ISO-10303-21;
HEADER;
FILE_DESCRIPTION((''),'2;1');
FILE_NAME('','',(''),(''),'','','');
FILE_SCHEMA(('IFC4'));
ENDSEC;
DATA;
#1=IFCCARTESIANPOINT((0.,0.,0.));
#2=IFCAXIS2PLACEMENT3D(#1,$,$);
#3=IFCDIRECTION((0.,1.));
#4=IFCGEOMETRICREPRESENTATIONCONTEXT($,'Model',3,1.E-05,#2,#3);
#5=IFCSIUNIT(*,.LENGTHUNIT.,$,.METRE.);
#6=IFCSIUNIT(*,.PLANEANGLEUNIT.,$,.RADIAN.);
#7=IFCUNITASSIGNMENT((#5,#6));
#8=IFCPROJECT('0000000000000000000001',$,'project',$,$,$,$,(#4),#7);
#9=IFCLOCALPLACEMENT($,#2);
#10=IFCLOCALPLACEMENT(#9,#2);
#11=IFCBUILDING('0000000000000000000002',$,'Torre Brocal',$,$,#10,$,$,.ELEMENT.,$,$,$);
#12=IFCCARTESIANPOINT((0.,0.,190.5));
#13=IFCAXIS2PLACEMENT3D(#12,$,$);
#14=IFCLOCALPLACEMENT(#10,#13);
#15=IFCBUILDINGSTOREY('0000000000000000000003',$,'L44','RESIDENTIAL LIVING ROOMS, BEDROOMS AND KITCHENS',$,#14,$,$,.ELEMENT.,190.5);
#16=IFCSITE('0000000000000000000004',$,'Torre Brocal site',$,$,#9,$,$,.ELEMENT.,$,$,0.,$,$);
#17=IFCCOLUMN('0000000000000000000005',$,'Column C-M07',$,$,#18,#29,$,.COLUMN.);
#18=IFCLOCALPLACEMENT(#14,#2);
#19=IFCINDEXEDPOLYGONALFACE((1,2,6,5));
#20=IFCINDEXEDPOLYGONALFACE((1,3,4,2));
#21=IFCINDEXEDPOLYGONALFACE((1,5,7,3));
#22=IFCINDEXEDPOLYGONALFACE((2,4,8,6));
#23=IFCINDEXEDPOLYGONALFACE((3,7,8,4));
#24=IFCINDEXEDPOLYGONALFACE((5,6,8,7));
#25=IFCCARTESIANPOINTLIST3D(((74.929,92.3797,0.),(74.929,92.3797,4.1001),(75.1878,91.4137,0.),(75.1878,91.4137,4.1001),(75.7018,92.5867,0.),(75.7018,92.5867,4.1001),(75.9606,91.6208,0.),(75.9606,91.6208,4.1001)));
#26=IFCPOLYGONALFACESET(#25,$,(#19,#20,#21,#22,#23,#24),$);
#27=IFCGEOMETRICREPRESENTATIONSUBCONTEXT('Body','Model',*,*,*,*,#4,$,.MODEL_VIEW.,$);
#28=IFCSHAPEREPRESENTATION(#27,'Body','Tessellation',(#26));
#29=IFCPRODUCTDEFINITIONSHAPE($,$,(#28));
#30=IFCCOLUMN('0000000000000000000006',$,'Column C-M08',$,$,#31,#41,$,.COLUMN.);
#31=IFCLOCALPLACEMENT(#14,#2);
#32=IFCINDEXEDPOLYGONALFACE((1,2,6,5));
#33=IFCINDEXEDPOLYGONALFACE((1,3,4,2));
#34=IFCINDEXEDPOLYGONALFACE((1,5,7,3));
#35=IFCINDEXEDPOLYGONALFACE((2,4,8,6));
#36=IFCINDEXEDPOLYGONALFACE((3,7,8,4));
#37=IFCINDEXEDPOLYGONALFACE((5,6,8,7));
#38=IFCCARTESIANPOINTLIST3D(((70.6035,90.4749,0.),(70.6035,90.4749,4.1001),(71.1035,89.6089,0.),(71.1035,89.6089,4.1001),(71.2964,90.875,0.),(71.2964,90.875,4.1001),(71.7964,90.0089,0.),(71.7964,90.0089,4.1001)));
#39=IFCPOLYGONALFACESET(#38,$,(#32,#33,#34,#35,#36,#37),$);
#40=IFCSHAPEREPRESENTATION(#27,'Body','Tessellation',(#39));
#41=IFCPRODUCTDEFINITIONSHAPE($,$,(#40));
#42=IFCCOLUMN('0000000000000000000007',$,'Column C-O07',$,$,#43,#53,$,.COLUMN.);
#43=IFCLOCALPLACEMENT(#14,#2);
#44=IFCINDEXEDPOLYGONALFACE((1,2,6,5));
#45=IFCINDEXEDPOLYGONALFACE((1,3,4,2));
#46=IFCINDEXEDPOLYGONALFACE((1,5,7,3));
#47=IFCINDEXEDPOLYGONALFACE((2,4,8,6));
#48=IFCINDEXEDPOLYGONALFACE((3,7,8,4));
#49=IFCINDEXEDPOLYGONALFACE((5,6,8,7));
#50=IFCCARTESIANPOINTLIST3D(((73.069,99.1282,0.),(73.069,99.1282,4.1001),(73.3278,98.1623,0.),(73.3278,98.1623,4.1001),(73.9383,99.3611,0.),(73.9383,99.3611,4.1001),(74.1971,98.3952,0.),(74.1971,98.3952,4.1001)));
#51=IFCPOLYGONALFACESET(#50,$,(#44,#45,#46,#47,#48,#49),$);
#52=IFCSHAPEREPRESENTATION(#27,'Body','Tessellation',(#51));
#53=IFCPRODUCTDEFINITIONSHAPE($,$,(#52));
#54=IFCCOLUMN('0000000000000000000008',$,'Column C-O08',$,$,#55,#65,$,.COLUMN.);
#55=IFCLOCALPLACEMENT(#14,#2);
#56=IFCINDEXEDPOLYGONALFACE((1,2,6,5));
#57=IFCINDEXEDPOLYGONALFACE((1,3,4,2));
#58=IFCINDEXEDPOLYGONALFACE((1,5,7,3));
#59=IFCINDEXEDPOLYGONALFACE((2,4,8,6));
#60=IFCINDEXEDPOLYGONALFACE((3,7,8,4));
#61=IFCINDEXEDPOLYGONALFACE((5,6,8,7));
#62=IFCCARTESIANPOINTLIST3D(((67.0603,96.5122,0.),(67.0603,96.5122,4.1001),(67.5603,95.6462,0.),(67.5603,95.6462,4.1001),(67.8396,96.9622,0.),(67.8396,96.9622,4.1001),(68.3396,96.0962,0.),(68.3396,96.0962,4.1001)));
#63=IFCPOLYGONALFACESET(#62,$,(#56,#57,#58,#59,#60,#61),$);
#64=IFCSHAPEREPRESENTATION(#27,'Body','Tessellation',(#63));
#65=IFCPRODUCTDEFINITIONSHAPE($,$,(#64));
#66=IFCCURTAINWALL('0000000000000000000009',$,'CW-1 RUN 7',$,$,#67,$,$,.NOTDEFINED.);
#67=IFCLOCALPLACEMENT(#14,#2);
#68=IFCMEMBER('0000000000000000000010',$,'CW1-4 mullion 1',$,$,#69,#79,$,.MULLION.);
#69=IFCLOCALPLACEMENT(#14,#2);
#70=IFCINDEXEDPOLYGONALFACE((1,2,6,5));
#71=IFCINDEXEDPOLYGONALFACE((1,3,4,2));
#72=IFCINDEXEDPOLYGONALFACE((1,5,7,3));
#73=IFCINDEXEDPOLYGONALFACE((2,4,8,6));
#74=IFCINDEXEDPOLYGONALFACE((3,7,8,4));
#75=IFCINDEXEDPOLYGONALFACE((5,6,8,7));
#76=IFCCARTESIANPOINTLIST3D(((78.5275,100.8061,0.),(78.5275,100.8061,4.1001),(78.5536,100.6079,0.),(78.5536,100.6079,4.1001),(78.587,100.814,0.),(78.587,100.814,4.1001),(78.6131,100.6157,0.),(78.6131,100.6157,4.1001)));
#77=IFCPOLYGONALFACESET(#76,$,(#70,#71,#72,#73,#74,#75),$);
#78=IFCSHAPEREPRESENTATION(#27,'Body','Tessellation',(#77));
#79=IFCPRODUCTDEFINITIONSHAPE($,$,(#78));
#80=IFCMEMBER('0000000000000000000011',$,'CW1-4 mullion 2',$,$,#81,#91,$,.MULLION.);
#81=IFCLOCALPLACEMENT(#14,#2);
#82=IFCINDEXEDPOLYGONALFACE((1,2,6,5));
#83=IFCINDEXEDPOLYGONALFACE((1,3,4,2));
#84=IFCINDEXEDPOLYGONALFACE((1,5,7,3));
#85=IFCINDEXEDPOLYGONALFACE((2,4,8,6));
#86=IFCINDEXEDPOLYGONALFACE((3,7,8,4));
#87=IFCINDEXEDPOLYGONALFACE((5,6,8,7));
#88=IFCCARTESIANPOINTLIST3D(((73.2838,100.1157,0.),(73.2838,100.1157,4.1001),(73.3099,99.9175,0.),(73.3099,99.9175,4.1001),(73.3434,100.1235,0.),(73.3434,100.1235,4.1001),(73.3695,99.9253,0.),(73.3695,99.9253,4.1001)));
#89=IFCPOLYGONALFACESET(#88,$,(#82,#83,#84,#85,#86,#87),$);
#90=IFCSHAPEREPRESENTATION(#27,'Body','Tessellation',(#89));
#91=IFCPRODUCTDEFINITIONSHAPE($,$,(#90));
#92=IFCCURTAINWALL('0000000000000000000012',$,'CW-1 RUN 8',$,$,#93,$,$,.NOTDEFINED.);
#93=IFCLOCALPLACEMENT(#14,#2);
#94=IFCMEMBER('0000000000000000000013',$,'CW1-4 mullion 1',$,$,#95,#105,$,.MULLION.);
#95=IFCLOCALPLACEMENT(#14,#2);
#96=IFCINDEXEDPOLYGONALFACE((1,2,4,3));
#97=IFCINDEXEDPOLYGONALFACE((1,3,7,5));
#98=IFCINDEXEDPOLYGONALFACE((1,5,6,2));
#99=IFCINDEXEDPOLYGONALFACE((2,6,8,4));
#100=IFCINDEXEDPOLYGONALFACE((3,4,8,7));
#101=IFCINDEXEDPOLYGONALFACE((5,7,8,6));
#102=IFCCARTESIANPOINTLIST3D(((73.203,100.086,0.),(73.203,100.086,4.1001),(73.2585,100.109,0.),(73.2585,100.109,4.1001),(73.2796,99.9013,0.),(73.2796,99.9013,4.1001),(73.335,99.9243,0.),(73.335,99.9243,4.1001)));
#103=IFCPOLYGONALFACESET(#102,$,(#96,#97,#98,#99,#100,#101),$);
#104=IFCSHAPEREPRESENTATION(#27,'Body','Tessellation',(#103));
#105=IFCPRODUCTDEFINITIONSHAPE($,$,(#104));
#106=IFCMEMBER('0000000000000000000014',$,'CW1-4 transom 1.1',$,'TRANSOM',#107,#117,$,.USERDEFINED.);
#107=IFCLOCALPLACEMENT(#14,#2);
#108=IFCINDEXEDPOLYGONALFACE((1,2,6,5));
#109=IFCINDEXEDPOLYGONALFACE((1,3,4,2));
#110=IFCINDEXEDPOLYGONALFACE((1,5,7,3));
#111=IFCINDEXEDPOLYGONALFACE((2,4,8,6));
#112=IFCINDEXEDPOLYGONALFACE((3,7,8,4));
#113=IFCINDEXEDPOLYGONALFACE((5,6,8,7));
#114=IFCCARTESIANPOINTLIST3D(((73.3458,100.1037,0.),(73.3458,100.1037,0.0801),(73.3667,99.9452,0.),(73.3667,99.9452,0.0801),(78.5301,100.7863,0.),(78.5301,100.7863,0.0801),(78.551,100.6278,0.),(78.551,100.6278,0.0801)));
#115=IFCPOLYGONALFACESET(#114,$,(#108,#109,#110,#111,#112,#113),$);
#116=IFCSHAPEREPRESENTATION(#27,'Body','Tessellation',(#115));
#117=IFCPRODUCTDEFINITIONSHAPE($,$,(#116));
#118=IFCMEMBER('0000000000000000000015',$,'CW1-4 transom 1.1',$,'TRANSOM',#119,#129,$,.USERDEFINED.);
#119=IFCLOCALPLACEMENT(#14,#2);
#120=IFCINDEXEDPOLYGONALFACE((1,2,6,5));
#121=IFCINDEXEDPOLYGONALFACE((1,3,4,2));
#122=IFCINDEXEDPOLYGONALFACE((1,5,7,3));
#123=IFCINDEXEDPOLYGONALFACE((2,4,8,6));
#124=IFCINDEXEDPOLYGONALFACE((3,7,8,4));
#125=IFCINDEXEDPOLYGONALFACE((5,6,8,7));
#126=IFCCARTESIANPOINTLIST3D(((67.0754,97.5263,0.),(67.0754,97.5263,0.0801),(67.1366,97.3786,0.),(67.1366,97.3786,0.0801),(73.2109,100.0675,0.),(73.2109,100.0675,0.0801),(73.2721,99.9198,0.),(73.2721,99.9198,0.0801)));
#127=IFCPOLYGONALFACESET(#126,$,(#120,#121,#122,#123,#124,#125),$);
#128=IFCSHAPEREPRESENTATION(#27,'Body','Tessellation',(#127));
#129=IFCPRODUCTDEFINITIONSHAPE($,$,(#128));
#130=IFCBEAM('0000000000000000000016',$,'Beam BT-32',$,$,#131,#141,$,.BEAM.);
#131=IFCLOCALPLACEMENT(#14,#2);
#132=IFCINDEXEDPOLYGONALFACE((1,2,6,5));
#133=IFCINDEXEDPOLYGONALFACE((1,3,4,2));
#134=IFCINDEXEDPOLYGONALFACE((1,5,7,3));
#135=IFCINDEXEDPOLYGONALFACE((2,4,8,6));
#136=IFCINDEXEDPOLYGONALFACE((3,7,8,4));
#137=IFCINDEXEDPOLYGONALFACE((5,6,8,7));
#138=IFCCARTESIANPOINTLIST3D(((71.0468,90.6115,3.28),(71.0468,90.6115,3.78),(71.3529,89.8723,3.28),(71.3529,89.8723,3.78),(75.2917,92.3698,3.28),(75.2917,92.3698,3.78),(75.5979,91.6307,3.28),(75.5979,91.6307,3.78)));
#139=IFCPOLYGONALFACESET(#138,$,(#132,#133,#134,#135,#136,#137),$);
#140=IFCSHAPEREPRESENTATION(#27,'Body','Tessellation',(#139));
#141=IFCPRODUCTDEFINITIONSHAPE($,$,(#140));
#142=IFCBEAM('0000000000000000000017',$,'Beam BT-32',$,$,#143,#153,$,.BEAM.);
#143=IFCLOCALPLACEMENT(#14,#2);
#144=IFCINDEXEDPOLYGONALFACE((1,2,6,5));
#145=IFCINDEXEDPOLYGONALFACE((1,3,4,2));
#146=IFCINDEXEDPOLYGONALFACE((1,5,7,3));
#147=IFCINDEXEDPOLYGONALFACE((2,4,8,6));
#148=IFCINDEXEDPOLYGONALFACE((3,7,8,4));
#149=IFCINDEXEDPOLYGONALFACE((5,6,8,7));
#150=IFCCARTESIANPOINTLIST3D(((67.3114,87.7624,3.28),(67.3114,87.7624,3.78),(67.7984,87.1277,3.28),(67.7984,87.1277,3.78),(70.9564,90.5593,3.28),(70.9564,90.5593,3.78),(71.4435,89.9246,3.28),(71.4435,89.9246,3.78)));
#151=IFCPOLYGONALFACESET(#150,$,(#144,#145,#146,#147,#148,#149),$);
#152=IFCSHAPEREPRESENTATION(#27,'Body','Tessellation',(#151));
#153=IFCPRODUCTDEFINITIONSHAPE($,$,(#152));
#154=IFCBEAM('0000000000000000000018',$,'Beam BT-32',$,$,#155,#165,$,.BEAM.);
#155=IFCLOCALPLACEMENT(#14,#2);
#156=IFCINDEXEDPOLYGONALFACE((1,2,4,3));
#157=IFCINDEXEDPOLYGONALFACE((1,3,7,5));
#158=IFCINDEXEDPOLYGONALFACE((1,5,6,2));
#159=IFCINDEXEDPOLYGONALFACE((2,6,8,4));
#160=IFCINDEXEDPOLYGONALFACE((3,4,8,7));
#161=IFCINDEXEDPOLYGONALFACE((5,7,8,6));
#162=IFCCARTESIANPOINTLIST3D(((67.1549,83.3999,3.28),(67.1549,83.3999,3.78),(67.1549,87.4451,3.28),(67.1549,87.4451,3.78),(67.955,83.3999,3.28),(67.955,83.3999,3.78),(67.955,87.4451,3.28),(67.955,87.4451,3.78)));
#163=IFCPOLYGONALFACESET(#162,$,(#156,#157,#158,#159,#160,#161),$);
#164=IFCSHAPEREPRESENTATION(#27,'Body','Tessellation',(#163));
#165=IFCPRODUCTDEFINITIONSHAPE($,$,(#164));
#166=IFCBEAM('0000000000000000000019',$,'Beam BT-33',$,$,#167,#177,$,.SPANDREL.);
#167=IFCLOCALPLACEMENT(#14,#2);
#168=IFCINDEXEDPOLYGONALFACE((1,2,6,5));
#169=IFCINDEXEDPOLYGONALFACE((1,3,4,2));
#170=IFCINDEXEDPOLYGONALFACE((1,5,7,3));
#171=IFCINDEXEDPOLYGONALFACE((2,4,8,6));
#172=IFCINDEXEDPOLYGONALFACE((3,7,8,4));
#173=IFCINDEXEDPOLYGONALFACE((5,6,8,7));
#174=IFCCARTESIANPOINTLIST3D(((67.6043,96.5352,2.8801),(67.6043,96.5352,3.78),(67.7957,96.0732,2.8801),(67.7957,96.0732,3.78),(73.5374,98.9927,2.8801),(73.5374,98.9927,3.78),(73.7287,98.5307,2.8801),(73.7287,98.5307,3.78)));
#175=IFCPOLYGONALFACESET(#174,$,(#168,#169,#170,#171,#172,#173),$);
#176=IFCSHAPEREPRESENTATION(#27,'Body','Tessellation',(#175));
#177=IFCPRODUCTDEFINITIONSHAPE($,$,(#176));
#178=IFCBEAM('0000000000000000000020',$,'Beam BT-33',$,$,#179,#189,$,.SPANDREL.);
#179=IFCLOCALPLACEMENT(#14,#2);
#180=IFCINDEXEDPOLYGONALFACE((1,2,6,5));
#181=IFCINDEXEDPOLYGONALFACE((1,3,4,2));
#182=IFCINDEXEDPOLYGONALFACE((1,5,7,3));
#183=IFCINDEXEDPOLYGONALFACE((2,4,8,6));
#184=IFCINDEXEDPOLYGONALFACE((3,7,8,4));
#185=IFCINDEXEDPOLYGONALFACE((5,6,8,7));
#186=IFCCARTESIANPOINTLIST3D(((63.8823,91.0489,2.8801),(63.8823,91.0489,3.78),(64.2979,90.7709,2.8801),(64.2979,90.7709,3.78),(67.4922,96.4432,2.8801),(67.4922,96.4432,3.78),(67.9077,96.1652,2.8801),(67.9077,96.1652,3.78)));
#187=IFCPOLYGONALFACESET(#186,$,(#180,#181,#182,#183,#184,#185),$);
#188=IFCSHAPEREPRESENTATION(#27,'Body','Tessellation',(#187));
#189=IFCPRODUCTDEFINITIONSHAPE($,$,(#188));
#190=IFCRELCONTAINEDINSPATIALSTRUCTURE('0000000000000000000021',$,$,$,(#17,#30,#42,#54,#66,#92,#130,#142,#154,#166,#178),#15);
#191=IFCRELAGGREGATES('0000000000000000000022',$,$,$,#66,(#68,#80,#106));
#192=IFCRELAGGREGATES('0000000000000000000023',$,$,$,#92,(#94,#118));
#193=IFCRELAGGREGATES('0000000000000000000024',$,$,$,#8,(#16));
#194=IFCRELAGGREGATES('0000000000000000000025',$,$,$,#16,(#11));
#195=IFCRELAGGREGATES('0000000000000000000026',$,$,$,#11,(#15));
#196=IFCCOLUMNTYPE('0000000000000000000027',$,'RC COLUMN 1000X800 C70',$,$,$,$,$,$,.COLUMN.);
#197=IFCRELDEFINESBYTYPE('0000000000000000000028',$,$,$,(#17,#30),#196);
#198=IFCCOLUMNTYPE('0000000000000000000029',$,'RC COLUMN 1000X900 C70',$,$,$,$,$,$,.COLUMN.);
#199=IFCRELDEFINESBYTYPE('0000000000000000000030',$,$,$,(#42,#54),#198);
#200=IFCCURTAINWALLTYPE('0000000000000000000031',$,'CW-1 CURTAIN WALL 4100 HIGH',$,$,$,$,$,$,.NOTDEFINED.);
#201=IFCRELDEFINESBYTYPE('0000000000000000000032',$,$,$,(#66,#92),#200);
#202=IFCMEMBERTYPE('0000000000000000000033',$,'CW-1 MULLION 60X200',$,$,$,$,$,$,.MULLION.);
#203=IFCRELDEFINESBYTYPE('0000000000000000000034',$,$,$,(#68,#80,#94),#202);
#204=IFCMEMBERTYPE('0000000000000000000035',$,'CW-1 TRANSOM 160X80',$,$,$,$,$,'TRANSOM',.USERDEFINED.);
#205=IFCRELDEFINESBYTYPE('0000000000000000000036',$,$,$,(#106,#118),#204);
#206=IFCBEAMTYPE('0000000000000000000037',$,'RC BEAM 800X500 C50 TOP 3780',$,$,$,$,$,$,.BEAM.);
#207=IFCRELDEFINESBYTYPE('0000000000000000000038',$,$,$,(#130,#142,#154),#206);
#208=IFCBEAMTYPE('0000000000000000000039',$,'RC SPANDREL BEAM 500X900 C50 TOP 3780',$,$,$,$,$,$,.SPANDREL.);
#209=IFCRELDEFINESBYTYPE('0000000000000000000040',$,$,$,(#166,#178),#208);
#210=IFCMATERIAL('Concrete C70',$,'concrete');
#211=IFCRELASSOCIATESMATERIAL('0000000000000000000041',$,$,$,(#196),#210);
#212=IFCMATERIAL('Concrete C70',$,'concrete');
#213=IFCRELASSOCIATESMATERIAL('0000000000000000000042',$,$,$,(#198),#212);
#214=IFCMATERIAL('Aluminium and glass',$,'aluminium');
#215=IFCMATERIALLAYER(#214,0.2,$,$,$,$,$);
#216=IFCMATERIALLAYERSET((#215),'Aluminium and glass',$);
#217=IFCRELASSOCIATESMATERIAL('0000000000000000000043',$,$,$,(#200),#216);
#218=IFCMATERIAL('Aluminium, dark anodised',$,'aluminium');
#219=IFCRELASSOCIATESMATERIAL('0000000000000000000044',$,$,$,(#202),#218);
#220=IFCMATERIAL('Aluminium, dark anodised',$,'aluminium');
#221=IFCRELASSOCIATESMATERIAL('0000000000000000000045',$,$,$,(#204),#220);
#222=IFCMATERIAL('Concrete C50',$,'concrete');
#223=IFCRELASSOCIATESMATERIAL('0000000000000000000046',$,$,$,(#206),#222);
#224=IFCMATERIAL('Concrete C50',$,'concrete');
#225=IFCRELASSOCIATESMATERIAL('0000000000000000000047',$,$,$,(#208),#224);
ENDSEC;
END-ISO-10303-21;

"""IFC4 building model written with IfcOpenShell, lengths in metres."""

from ifc_helpers import new_model, si_unit, direction, frame, origin, origin_2d, place, context, subcontext, project, spatial, rectangle, extrude, material, layer, layer_set, material_profile, profile_set, type_object, element, aggregate, save


model = new_model("IFC4")

# Units and contexts
model_context = context("Model", 3, precision=1e-05, world=origin(), true_north=direction((0.0, 1.0)))
body_context = subcontext(model_context, "Body", "Model", "MODEL_VIEW")
ifc_project = project(units=[si_unit("LENGTHUNIT", "METRE"), si_unit("PLANEANGLEUNIT", "RADIAN")], contexts=[model_context])

# Site, building, storey
site_placement = place(None, origin())
site = spatial("IfcSite", under=ifc_project, at=site_placement, Name="Torre Brocal site", CompositionType="ELEMENT", RefElevation=0.0)
building_placement = place(site_placement, origin())
building = spatial("IfcBuilding", under=site, at=building_placement, Name="Torre Brocal", CompositionType="ELEMENT")
storey_placement = place(building_placement, frame((0.0, 0.0, 190.5)))
storey = spatial("IfcBuildingStorey", under=building, at=storey_placement, Name="L44", Description="RESIDENTIAL LIVING ROOMS, BEDROOMS AND KITCHENS", CompositionType="ELEMENT", Elevation=190.5)

# Columns
ifc_material_1 = material(Name="Concrete C70", Category="concrete")
ifc_material_profile_1 = material_profile(ifc_material_1, rectangle(XDim=1.0, YDim=0.8, at=origin_2d()), Name="RC 1000X800")
ifc_profile_set_1 = profile_set([ifc_material_profile_1], Name="Concrete C70")
column_type_1 = type_object("IfcColumnType", Name="RC COLUMN 1000X800 C70", PredefinedType="COLUMN", material=ifc_profile_set_1)
for number, where, z_axis, x_axis, name in (
    (1, (75.4448, 92.0002, 0.0), (0.0, 0.0, 1.0), (-0.258819, 0.965926, 0.0), "Column C-M07"),
    (2, (71.2, 90.2419, 0.0), (0.0, 0.0, 1.0), (-0.5, 0.866025, 0.0), "Column C-M08"),
):
    element("IfcColumn", number, at=place(storey_placement, frame(where, z_axis=z_axis, x_axis=x_axis)), inside=storey, type_object=column_type_1, Name=name, PredefinedType="COLUMN", context=body_context, shape_type="SweptSolid", body=[
        extrude(rectangle(XDim=1.0, YDim=0.8, at=origin_2d()), origin(), (0.0, 0.0, 1.0), 4.1001),
    ])
ifc_material_2 = material(Name="Concrete C70", Category="concrete")
ifc_material_profile_2 = material_profile(ifc_material_2, rectangle(XDim=1.0, YDim=0.8999, at=origin_2d()), Name="RC 1000X900")
ifc_profile_set_2 = profile_set([ifc_material_profile_2], Name="Concrete C70")
column_type_2 = type_object("IfcColumnType", Name="RC COLUMN 1000X900 C70", PredefinedType="COLUMN", material=ifc_profile_set_2)
for number, where, z_axis, x_axis, name in (
    (3, (73.6331, 98.7617, 0.0), (0.0, 0.0, 1.0), (-0.258819, 0.965926, 0.0), "Column C-O07"),
    (4, (67.7, 96.3042, 0.0), (0.0, 0.0, 1.0), (-0.5, 0.866025, 0.0), "Column C-O08"),
):
    element("IfcColumn", number, at=place(storey_placement, frame(where, z_axis=z_axis, x_axis=x_axis)), inside=storey, type_object=column_type_2, Name=name, PredefinedType="COLUMN", context=body_context, shape_type="SweptSolid", body=[
        extrude(rectangle(XDim=1.0, YDim=0.8999, at=origin_2d()), origin(), (0.0, 0.0, 1.0), 4.1001),
    ])

# Curtain wall, members
ifc_material_3 = material(Name="Aluminium and glass", Category="aluminium")
ifc_layer_1 = layer(ifc_material_3, 0.2)
ifc_layer_set_1 = layer_set([ifc_layer_1], Name="Aluminium and glass")
curtain_wall_type = type_object("IfcCurtainWallType", Name="CW-1 CURTAIN WALL 4100 HIGH", PredefinedType="NOTDEFINED", material=ifc_layer_set_1)
curtain_wall_1_placement = place(storey_placement, origin())
curtain_wall_1 = element("IfcCurtainWall", 5, at=curtain_wall_1_placement, inside=storey, type_object=curtain_wall_type, Name="CW-1 RUN 7", PredefinedType="NOTDEFINED")
ifc_material_4 = material(Name="Aluminium, dark anodised", Category="aluminium")
ifc_material_profile_3 = material_profile(ifc_material_4, rectangle(XDim=0.2, YDim=0.0601, at=origin_2d()), Name="CW-1 MULLION 60X200")
ifc_profile_set_3 = profile_set([ifc_material_profile_3], Name="Aluminium, dark anodised")
member_type_1 = type_object("IfcMemberType", Name="CW-1 MULLION 60X200", PredefinedType="MULLION", material=ifc_profile_set_3)
member_1_placement = place(storey_placement, frame((78.5703, 100.7109, 0.0), z_axis=(0.0, 0.0, 1.0), x_axis=(0.130526, -0.991445, 0.0)))
member_1 = element("IfcMember", 6, at=member_1_placement, type_object=member_type_1, Name="CW1-4 mullion 1", PredefinedType="MULLION", context=body_context, shape_type="SweptSolid", body=[
    extrude(rectangle(XDim=0.2, YDim=0.0601, at=origin_2d()), origin(), (0.0, 0.0, 1.0), 4.1001),
])
member_2_placement = place(storey_placement, frame((73.3267, 100.0205, 0.0), z_axis=(0.0, 0.0, 1.0), x_axis=(0.130526, -0.991445, 0.0)))
member_2 = element("IfcMember", 7, at=member_2_placement, type_object=member_type_1, Name="CW1-4 mullion 2", PredefinedType="MULLION", context=body_context, shape_type="SweptSolid", body=[
    extrude(rectangle(XDim=0.2, YDim=0.0601, at=origin_2d()), origin(), (0.0, 0.0, 1.0), 4.1001),
])

# Curtain wall, member
curtain_wall_2_placement = place(storey_placement, origin())
curtain_wall_2 = element("IfcCurtainWall", 8, at=curtain_wall_2_placement, inside=storey, type_object=curtain_wall_type, Name="CW-1 RUN 8", PredefinedType="NOTDEFINED")
member_3_placement = place(storey_placement, frame((73.269, 100.0051, 0.0), z_axis=(0.0, 0.0, 1.0), x_axis=(0.382683, -0.92388, 0.0)))
member_3 = element("IfcMember", 9, at=member_3_placement, type_object=member_type_1, Name="CW1-4 mullion 1", PredefinedType="MULLION", context=body_context, shape_type="SweptSolid", body=[
    extrude(rectangle(XDim=0.2, YDim=0.0601, at=origin_2d()), origin(), (0.0, 0.0, 1.0), 4.1001),
])

# Members
ifc_material_5 = material(Name="Aluminium, dark anodised", Category="aluminium")
ifc_material_profile_4 = material_profile(ifc_material_5, rectangle(XDim=0.1599, YDim=0.0801, at=origin_2d()), Name="CW-1 TRANSOM 160X80")
ifc_profile_set_4 = profile_set([ifc_material_profile_4], Name="Aluminium, dark anodised")
member_type_2 = type_object("IfcMemberType", Name="CW-1 TRANSOM 160X80", ElementType="TRANSOM", PredefinedType="USERDEFINED", material=ifc_profile_set_4)
member_4_placement = place(storey_placement, frame((78.5405, 100.707, 0.04), z_axis=(-0.991443, -0.130543, 0.0), x_axis=(0.130543, -0.991443, 0.0)))
member_4 = element("IfcMember", 10, at=member_4_placement, type_object=member_type_2, Name="CW1-4 transom 1.1", ObjectType="TRANSOM", PredefinedType="USERDEFINED", context=body_context, shape_type="SweptSolid", body=[
    extrude(rectangle(XDim=0.1599, YDim=0.0801, at=origin_2d()), origin(), (0.0, 0.0, 1.0), 5.229),
])
member_5_placement = place(storey_placement, frame((73.2415, 99.9937, 0.04), z_axis=(-0.923887, -0.382665, 0.0), x_axis=(0.382665, -0.923887, 0.0)))
member_5 = element("IfcMember", 11, at=member_5_placement, type_object=member_type_2, Name="CW1-4 transom 1.1", ObjectType="TRANSOM", PredefinedType="USERDEFINED", context=body_context, shape_type="SweptSolid", body=[
    extrude(rectangle(XDim=0.1599, YDim=0.0801, at=origin_2d()), origin(), (0.0, 0.0, 1.0), 6.6409),
])

# Beams
ifc_material_6 = material(Name="Concrete C50", Category="concrete")
ifc_material_profile_5 = material_profile(ifc_material_6, rectangle(XDim=0.8, YDim=0.5, at=origin_2d()), Name="RC 800X500")
ifc_profile_set_5 = profile_set([ifc_material_profile_5], Name="Concrete C50")
beam_type_1 = type_object("IfcBeamType", Name="RC BEAM 800X500 C50 TOP 3780", PredefinedType="BEAM", material=ifc_profile_set_5)
beam_1_placement = place(storey_placement, frame((75.4448, 92.0002, 3.53), z_axis=(-0.923878, -0.382687, 0.0), x_axis=(0.382687, -0.923878, 0.0)))
element("IfcBeam", 12, at=beam_1_placement, inside=storey, type_object=beam_type_1, Name="Beam BT-32", PredefinedType="BEAM", context=body_context, shape_type="SweptSolid", body=[
    extrude(rectangle(XDim=0.8, YDim=0.5, at=origin_2d()), origin(), (0.0, 0.0, 1.0), 4.5947),
])
beam_2_placement = place(storey_placement, frame((71.2, 90.2419, 3.53), z_axis=(-0.793358, -0.608755, 0.0), x_axis=(0.608755, -0.793358, 0.0)))
element("IfcBeam", 13, at=beam_2_placement, inside=storey, type_object=beam_type_1, Name="Beam BT-32", PredefinedType="BEAM", context=body_context, shape_type="SweptSolid", body=[
    extrude(rectangle(XDim=0.8, YDim=0.5, at=origin_2d()), origin(), (0.0, 0.0, 1.0), 4.5945),
])
beam_3_placement = place(storey_placement, frame((67.5549, 87.4451, 3.53), z_axis=(0.0, -1.0, 0.0), x_axis=(1.0, 0.0, 0.0)))
element("IfcBeam", 14, at=beam_3_placement, inside=storey, type_object=beam_type_1, Name="Beam BT-32", PredefinedType="BEAM", context=body_context, shape_type="SweptSolid", body=[
    extrude(rectangle(XDim=0.8, YDim=0.5, at=origin_2d()), origin(), (0.0, 0.0, 1.0), 4.0452),
])
ifc_material_7 = material(Name="Concrete C50", Category="concrete")
ifc_material_profile_6 = material_profile(ifc_material_7, rectangle(XDim=0.5, YDim=0.8999, at=origin_2d()), Name="RC 500X900")
ifc_profile_set_6 = profile_set([ifc_material_profile_6], Name="Concrete C50")
beam_type_2 = type_object("IfcBeamType", Name="RC SPANDREL BEAM 500X900 C50 TOP 3780", PredefinedType="SPANDREL", material=ifc_profile_set_6)
beam_4_placement = place(storey_placement, frame((73.6331, 98.7617, 3.3301), z_axis=(-0.923882, -0.382676, 0.0), x_axis=(0.382676, -0.923882, 0.0)))
element("IfcBeam", 15, at=beam_4_placement, inside=storey, type_object=beam_type_2, Name="Beam BT-33", PredefinedType="SPANDREL", context=body_context, shape_type="SweptSolid", body=[
    extrude(rectangle(XDim=0.5, YDim=0.8999, at=origin_2d()), origin(), (0.0, 0.0, 1.0), 6.4219),
])
beam_5_placement = place(storey_placement, frame((67.7, 96.3042, 3.3301), z_axis=(-0.556158, -0.831077, 0.0), x_axis=(0.831077, -0.556158, 0.0)))
element("IfcBeam", 16, at=beam_5_placement, inside=storey, type_object=beam_type_2, Name="Beam BT-33", PredefinedType="SPANDREL", context=body_context, shape_type="SweptSolid", body=[
    extrude(rectangle(XDim=0.5, YDim=0.8999, at=origin_2d()), origin(), (0.0, 0.0, 1.0), 6.4907),
])

aggregate(curtain_wall_1, [member_1, member_2, member_4])
aggregate(curtain_wall_2, [member_3, member_5])

save(model, "model.ifc")
